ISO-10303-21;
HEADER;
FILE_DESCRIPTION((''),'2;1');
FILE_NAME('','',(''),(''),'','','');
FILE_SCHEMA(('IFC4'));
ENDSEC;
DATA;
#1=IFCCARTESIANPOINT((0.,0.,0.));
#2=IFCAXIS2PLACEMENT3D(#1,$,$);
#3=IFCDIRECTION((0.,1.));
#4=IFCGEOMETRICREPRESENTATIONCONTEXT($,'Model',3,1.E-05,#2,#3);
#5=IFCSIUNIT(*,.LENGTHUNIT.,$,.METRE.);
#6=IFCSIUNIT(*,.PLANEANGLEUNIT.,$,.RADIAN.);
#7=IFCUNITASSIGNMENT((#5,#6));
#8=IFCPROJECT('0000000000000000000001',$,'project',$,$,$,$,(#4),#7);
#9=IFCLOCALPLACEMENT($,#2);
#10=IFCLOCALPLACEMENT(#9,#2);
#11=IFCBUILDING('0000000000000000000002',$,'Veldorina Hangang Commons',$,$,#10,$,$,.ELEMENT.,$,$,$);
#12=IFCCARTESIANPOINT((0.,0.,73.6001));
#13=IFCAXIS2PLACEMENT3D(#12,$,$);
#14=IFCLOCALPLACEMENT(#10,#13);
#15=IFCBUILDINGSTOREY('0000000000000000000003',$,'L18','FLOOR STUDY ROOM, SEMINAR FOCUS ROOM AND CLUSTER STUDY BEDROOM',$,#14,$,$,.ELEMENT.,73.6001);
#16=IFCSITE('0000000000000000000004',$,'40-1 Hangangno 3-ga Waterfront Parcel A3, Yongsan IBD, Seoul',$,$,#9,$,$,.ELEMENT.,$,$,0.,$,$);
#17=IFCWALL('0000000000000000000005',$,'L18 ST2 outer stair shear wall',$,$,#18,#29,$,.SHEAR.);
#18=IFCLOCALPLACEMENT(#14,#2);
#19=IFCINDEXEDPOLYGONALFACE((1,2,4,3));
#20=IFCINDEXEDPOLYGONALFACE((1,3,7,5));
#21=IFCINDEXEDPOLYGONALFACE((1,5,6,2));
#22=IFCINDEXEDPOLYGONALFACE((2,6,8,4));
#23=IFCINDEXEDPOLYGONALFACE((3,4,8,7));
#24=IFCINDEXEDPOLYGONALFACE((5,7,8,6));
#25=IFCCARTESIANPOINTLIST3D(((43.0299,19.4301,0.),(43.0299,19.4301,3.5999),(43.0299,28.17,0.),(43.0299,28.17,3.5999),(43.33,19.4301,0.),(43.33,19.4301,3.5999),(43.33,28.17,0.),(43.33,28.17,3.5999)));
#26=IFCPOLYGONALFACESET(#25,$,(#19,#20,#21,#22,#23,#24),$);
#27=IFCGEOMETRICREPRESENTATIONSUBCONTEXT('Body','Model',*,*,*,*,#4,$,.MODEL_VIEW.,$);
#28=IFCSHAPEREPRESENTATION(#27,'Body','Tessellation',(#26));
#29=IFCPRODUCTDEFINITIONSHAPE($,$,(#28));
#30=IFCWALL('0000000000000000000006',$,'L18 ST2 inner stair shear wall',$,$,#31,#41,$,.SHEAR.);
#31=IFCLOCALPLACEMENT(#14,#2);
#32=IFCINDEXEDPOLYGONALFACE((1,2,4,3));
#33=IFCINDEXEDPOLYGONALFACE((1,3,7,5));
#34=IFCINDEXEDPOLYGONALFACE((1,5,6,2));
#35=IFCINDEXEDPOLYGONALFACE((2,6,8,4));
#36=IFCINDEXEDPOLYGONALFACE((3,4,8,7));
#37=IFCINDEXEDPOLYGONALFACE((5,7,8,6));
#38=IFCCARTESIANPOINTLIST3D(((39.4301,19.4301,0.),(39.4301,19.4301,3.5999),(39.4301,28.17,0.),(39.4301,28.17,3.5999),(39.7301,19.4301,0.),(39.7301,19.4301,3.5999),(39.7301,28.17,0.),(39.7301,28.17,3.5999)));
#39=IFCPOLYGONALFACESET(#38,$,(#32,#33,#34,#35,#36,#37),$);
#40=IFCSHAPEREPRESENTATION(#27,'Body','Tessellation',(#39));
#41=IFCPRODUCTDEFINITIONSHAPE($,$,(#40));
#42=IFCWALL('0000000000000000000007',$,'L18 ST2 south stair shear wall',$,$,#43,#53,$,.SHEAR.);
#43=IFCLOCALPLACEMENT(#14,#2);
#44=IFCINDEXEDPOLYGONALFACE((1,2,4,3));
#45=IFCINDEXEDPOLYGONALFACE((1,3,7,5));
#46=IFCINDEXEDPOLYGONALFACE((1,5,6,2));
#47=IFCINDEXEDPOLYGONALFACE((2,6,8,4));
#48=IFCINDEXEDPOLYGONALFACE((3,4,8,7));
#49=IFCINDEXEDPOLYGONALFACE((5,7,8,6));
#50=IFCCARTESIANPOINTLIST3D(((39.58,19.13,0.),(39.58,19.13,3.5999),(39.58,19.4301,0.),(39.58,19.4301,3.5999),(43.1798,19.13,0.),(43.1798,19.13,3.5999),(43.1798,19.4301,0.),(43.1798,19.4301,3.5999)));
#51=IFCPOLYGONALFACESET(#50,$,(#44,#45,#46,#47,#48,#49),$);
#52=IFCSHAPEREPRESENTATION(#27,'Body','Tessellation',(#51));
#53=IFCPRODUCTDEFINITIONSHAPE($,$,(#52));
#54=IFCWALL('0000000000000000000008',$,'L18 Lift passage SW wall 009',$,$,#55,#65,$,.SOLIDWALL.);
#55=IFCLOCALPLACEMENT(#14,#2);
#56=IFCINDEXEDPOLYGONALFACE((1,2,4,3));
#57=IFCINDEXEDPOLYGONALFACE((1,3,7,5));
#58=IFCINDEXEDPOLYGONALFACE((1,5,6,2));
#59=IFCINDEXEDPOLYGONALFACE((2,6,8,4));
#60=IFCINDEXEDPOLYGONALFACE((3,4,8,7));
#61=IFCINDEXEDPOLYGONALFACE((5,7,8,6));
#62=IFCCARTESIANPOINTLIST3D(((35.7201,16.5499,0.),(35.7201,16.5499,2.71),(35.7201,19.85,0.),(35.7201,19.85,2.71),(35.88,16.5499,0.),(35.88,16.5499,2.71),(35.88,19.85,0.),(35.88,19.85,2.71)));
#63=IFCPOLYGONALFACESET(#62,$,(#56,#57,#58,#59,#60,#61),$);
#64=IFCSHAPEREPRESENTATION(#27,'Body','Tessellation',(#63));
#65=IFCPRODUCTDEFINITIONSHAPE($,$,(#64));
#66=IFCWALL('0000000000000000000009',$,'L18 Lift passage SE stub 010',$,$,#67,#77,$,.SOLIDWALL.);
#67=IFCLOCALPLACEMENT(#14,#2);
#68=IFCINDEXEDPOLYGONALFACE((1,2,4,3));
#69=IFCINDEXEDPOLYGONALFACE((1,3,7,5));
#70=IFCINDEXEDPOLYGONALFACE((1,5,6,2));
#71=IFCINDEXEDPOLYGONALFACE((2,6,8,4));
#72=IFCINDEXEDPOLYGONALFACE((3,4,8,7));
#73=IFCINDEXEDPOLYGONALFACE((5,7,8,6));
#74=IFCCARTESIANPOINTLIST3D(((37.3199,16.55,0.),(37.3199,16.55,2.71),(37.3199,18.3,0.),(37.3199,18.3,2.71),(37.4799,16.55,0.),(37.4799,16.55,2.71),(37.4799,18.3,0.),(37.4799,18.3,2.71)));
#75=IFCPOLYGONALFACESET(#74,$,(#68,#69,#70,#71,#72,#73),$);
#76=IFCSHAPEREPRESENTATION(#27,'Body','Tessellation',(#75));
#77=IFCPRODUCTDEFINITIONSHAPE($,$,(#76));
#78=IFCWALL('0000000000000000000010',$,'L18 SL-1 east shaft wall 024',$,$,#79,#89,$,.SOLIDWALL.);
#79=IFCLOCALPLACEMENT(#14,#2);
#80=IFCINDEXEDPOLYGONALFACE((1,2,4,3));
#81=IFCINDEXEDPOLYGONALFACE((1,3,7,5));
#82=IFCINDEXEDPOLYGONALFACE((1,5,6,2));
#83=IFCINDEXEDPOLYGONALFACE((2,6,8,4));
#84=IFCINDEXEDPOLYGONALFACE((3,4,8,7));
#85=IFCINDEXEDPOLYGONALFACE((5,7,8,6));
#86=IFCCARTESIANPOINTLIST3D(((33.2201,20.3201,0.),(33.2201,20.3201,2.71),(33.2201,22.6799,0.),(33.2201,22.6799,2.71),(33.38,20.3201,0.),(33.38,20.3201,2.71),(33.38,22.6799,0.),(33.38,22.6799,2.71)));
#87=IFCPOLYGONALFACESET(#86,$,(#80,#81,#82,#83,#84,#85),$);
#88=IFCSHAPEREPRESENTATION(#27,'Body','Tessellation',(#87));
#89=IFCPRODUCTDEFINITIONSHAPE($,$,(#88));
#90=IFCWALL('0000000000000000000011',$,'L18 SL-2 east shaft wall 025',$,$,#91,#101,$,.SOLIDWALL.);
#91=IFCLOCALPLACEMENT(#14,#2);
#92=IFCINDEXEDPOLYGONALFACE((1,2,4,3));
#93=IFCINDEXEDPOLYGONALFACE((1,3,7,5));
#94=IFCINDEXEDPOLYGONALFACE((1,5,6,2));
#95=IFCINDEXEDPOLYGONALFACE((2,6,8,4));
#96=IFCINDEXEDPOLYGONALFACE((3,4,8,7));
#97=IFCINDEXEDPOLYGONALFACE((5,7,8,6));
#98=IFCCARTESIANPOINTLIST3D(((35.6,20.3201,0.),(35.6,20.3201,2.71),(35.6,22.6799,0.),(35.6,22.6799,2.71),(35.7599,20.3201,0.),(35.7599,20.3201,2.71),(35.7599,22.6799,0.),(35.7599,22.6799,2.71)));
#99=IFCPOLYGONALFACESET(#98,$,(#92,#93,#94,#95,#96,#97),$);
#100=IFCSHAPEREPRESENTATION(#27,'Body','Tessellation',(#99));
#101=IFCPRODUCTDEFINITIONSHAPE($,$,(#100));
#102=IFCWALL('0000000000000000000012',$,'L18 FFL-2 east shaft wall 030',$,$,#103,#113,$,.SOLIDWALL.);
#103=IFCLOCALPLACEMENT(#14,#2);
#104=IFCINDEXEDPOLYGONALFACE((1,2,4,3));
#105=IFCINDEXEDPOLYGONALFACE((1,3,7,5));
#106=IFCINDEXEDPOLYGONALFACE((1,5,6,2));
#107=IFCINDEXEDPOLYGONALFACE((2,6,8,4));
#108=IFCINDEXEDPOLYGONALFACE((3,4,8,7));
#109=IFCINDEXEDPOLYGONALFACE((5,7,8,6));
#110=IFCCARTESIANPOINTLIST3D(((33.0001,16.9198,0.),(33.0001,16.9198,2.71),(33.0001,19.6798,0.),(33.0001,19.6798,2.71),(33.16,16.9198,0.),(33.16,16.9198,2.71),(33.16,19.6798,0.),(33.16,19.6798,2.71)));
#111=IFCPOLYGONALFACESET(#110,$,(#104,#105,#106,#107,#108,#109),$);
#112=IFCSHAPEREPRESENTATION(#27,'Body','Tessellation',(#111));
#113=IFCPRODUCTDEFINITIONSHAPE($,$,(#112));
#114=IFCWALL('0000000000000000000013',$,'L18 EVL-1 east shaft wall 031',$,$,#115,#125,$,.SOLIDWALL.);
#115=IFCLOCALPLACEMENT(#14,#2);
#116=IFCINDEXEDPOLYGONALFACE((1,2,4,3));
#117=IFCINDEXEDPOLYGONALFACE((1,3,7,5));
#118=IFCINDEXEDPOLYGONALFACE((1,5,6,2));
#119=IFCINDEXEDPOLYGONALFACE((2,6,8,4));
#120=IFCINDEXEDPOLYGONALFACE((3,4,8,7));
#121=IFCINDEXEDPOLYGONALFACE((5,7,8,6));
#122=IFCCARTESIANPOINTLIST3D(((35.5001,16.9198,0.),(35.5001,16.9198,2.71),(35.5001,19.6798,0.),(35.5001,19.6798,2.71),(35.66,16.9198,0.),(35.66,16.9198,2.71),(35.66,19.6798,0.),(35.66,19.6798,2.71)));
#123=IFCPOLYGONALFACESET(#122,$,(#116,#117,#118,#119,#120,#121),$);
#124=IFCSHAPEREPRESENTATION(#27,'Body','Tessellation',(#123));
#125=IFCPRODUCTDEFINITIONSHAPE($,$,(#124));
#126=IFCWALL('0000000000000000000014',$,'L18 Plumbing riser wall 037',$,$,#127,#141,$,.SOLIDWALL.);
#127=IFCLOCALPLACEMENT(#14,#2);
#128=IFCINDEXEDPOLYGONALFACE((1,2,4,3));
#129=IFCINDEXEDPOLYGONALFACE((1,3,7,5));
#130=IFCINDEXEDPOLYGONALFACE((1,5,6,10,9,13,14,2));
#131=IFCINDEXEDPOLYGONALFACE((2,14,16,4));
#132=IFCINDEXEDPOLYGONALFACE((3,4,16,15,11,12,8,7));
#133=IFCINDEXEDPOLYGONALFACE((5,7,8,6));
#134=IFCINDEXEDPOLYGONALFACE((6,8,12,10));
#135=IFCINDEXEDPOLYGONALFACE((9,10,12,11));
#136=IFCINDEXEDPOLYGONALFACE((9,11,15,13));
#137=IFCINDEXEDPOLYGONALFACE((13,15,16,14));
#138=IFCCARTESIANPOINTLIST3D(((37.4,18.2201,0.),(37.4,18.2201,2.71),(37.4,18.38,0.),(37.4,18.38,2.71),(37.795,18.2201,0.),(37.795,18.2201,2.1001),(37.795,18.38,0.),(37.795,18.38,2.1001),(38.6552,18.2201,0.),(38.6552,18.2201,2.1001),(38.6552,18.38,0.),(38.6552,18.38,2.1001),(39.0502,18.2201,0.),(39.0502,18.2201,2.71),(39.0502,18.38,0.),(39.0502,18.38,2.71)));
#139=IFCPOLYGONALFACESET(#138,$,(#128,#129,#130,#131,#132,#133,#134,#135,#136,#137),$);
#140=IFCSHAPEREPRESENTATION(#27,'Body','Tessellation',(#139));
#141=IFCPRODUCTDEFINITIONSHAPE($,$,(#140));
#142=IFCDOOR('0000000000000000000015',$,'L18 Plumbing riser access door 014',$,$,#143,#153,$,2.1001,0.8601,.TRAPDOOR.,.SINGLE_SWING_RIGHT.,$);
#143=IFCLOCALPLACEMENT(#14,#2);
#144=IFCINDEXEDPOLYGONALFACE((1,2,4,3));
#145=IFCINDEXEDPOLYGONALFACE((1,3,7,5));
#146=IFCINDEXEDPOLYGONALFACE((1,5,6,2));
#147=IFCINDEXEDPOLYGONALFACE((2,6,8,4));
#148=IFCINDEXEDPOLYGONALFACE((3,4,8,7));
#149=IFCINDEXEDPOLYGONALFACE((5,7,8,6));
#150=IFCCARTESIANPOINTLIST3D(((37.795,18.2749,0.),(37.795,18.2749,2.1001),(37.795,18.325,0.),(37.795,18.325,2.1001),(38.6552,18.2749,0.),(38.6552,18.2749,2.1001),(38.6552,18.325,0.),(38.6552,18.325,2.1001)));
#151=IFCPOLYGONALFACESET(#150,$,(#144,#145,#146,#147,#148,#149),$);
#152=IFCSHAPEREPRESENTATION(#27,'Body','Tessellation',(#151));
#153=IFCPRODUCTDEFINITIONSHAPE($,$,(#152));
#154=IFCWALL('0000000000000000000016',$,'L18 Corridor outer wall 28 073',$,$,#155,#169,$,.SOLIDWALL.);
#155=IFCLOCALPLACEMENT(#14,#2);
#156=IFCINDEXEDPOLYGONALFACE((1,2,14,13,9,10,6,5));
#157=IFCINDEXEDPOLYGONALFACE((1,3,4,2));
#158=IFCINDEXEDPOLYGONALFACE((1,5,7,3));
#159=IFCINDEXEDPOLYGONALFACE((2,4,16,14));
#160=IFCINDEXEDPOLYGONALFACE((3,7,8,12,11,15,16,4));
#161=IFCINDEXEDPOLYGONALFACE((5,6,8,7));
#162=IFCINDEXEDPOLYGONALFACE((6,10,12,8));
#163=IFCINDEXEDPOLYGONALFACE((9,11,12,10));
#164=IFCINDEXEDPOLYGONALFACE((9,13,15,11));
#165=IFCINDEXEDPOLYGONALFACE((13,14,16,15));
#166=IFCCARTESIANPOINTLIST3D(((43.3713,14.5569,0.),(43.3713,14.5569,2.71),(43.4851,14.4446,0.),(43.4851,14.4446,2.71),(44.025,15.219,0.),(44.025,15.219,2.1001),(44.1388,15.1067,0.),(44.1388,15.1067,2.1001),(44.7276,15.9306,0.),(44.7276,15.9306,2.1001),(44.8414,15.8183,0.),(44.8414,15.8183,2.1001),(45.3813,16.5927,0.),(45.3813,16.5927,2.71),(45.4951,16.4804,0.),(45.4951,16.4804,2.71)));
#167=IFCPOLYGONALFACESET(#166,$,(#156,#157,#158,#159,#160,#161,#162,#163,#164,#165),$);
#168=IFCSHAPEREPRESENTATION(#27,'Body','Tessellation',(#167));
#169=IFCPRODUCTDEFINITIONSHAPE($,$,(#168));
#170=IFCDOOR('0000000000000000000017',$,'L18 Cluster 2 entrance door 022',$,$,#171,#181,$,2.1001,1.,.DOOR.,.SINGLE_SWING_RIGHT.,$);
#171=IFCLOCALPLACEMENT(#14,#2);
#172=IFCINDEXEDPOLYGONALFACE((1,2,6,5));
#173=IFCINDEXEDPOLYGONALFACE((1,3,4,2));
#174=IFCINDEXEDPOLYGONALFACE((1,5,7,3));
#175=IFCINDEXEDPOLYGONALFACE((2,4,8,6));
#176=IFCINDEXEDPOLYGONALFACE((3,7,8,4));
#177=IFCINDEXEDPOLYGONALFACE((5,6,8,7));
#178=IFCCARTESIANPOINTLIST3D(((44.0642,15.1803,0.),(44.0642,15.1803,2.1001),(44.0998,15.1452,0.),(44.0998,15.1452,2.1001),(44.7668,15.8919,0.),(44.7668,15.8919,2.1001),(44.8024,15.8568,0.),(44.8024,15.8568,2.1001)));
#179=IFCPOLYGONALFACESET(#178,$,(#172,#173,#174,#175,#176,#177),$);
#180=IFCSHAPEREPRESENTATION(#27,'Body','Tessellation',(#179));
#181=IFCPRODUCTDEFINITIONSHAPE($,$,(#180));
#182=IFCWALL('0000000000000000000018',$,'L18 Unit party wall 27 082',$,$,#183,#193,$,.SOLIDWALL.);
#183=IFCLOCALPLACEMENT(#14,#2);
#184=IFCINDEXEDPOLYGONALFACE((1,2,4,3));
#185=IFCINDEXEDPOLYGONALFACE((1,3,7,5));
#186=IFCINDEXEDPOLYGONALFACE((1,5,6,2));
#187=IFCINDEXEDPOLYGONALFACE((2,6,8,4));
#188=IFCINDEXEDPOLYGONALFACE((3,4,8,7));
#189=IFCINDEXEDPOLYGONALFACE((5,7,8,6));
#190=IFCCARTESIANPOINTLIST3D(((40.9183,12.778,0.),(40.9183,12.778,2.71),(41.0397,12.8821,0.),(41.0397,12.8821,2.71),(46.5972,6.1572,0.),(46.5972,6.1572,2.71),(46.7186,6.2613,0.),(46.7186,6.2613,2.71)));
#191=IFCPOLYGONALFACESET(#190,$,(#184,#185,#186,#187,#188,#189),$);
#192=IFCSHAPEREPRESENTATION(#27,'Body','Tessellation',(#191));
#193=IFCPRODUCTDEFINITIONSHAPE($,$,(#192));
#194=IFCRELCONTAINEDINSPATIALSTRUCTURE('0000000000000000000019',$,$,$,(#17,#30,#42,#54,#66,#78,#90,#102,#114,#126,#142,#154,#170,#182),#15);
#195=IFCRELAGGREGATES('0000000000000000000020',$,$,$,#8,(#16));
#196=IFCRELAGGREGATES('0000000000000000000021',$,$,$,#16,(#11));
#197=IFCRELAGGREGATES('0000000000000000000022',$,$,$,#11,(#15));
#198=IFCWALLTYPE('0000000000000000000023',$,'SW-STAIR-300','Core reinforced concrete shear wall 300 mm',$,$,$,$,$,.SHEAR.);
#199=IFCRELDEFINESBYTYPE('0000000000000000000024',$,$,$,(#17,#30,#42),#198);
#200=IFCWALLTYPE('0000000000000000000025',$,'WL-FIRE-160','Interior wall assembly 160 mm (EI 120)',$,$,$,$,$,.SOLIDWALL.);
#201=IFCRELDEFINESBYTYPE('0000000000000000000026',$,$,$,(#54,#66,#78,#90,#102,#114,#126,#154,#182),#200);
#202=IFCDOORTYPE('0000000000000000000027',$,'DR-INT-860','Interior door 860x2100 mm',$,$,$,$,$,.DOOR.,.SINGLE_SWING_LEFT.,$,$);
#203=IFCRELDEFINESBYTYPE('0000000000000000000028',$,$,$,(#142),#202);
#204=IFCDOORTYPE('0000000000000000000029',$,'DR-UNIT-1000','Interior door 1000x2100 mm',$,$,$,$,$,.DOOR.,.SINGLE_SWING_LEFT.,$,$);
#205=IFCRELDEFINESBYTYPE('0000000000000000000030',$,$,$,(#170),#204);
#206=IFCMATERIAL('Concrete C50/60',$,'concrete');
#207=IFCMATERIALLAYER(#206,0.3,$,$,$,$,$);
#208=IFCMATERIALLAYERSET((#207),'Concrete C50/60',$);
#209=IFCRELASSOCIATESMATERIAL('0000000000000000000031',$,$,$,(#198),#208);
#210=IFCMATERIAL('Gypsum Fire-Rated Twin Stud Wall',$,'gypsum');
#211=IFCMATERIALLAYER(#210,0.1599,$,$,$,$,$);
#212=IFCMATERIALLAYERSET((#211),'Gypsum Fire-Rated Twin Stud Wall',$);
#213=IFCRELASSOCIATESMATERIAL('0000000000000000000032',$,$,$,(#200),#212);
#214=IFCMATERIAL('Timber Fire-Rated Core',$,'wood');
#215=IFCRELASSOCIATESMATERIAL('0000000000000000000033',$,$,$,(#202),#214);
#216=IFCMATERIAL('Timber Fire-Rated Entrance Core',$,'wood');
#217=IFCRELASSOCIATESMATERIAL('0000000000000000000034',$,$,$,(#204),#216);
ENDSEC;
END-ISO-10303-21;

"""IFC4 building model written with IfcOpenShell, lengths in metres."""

from ifc_helpers import new_model, si_unit, direction, frame, frame_2d, origin, place, context, subcontext, project, spatial, rectangle, extrude, material, layer, layer_set, type_object, element, fill, save


model = new_model("IFC4")

# Units and contexts
model_context = context("Model", 3, precision=1e-05, world=origin(), true_north=direction((0.0, 1.0)))
body_context = subcontext(model_context, "Body", "Model", "MODEL_VIEW")
ifc_project = project(units=[si_unit("LENGTHUNIT", "METRE"), si_unit("PLANEANGLEUNIT", "RADIAN")], contexts=[model_context])

# Site, building, storey
site_placement = place(None, origin())
site = spatial("IfcSite", under=ifc_project, at=site_placement, Name="40-1 Hangangno 3-ga Waterfront Parcel A3, Yongsan IBD, Seoul", CompositionType="ELEMENT", RefElevation=0.0)
building_placement = place(site_placement, origin())
building = spatial("IfcBuilding", under=site, at=building_placement, Name="Veldorina Hangang Commons", CompositionType="ELEMENT")
storey_placement = place(building_placement, frame((0.0, 0.0, 73.6001)))
storey = spatial("IfcBuildingStorey", under=building, at=storey_placement, Name="L18", Description="FLOOR STUDY ROOM, SEMINAR FOCUS ROOM AND CLUSTER STUDY BEDROOM", CompositionType="ELEMENT", Elevation=73.6001)

# Walls
ifc_material_1 = material(Name="Concrete C50/60", Category="concrete")
ifc_layer_1 = layer(ifc_material_1, 0.3)
ifc_layer_set_1 = layer_set([ifc_layer_1], Name="Concrete C50/60")
wall_type_1 = type_object("IfcWallType", Name="SW-STAIR-300", Description="Core reinforced concrete shear wall 300 mm", PredefinedType="SHEAR", material=ifc_layer_set_1)
for number, where, z_axis, x_axis, name in (
    (1, (43.1799, 19.4299, 0.0), (0.0, 0.0, 1.0), (0.0, 1.0, 0.0), "L18 ST2 outer stair shear wall"),
    (2, (39.5801, 19.4299, 0.0), (0.0, 0.0, 1.0), (0.0, 1.0, 0.0), "L18 ST2 inner stair shear wall"),
):
    element("IfcWall", number, at=place(storey_placement, frame(where, z_axis=z_axis, x_axis=x_axis)), inside=storey, type_object=wall_type_1, Name=name, PredefinedType="SHEAR", context=body_context, shape_type="SweptSolid", body=[
        extrude(rectangle(XDim=8.74, YDim=0.3, at=frame_2d((4.3701, 0.0))), origin(), (0.0, 0.0, 1.0), 3.5999),
    ])
wall_1_placement = place(storey_placement, frame((39.5801, 19.28, 0.0), z_axis=(0.0, 0.0, 1.0), x_axis=(1.0, 0.0, 0.0)))
element("IfcWall", 3, at=wall_1_placement, inside=storey, type_object=wall_type_1, Name="L18 ST2 south stair shear wall", PredefinedType="SHEAR", context=body_context, shape_type="SweptSolid", body=[
    extrude(rectangle(XDim=3.5999, YDim=0.3, at=frame_2d((1.7998, 0.0))), origin(), (0.0, 0.0, 1.0), 3.5999),
])
ifc_material_2 = material(Name="Gypsum Fire-Rated Twin Stud Wall", Category="gypsum")
ifc_layer_2 = layer(ifc_material_2, 0.1599)
ifc_layer_set_2 = layer_set([ifc_layer_2], Name="Gypsum Fire-Rated Twin Stud Wall")
wall_type_2 = type_object("IfcWallType", Name="WL-FIRE-160", Description="Interior wall assembly 160 mm (EI 120)", PredefinedType="SOLIDWALL", material=ifc_layer_set_2)
wall_2_placement = place(storey_placement, frame((35.8, 16.55, 0.0), z_axis=(0.0, 0.0, 1.0), x_axis=(0.0, 1.0, 0.0)))
element("IfcWall", 4, at=wall_2_placement, inside=storey, type_object=wall_type_2, Name="L18 Lift passage SW wall 009", PredefinedType="SOLIDWALL", context=body_context, shape_type="SweptSolid", body=[
    extrude(rectangle(XDim=3.3, YDim=0.1599, at=frame_2d((1.6499, 0.0))), origin(), (0.0, 0.0, 1.0), 2.71),
])
wall_3_placement = place(storey_placement, frame((37.3999, 16.55, 0.0), z_axis=(0.0, 0.0, 1.0), x_axis=(0.0, 1.0, 0.0)))
element("IfcWall", 5, at=wall_3_placement, inside=storey, type_object=wall_type_2, Name="L18 Lift passage SE stub 010", PredefinedType="SOLIDWALL", context=body_context, shape_type="SweptSolid", body=[
    extrude(rectangle(XDim=1.75, YDim=0.1599, at=frame_2d((0.875, 0.0))), origin(), (0.0, 0.0, 1.0), 2.71),
])
for number, where, z_axis, x_axis, name in (
    (6, (33.3, 20.3201, 0.0), (0.0, 0.0, 1.0), (0.0, 1.0, 0.0), "L18 SL-1 east shaft wall 024"),
    (7, (35.6799, 20.3201, 0.0), (0.0, 0.0, 1.0), (0.0, 1.0, 0.0), "L18 SL-2 east shaft wall 025"),
):
    element("IfcWall", number, at=place(storey_placement, frame(where, z_axis=z_axis, x_axis=x_axis)), inside=storey, type_object=wall_type_2, Name=name, PredefinedType="SOLIDWALL", context=body_context, shape_type="SweptSolid", body=[
        extrude(rectangle(XDim=2.3599, YDim=0.1599, at=frame_2d((1.1799, 0.0))), origin(), (0.0, 0.0, 1.0), 2.71),
    ])
for number, where, z_axis, x_axis, name in (
    (8, (33.0801, 16.9199, 0.0), (0.0, 0.0, 1.0), (0.0, 1.0, 0.0), "L18 FFL-2 east shaft wall 030"),
    (9, (35.5801, 16.9199, 0.0), (0.0, 0.0, 1.0), (0.0, 1.0, 0.0), "L18 EVL-1 east shaft wall 031"),
):
    element("IfcWall", number, at=place(storey_placement, frame(where, z_axis=z_axis, x_axis=x_axis)), inside=storey, type_object=wall_type_2, Name=name, PredefinedType="SOLIDWALL", context=body_context, shape_type="SweptSolid", body=[
        extrude(rectangle(XDim=2.76, YDim=0.1599, at=frame_2d((1.3799, 0.0))), origin(), (0.0, 0.0, 1.0), 2.71),
    ])

# Walls, openings, doors
wall_4_placement = place(storey_placement, frame((37.3999, 18.3, 0.0), z_axis=(0.0, 0.0, 1.0), x_axis=(1.0, 0.0, 0.0)))
wall_4 = element("IfcWall", 10, at=wall_4_placement, inside=storey, type_object=wall_type_2, Name="L18 Plumbing riser wall 037", PredefinedType="SOLIDWALL", context=body_context, shape_type="SweptSolid", body=[
    extrude(rectangle(XDim=1.6501, YDim=0.1599, at=frame_2d((0.8252, 0.0))), origin(), (0.0, 0.0, 1.0), 2.71),
])
opening_1_placement = place(wall_4_placement, frame((0.395, 0.0, 0.0)))
opening_1 = element("IfcOpeningElement", 11, at=opening_1_placement, cuts=wall_4, PredefinedType="OPENING", context=body_context, shape_type="SweptSolid", body=[
    extrude(rectangle(XDim=0.8601, YDim=2.1001, at=frame_2d((0.4302, 1.05))), frame((0.0, 0.0898, 0.0), z_axis=(0.0, -1.0, 0.0), x_axis=(1.0, 0.0, 0.0)), (0.0, 0.0, 1.0), 0.1799),
])
ifc_material_3 = material(Name="Timber Fire-Rated Core", Category="wood")
door_type_1 = type_object("IfcDoorType", Name="DR-INT-860", Description="Interior door 860x2100 mm", OperationType="SINGLE_SWING_LEFT", PredefinedType="DOOR", material=ifc_material_3)
door_1_placement = place(opening_1_placement, origin())
door_1 = element("IfcDoor", 12, at=door_1_placement, inside=storey, type_object=door_type_1, Name="L18 Plumbing riser access door 014", OperationType="SINGLE_SWING_RIGHT", OverallHeight=2.1001, OverallWidth=0.8601, PredefinedType="TRAPDOOR", context=body_context, shape_type="SweptSolid", body=[
    extrude(rectangle(XDim=0.8601, YDim=2.1001, at=frame_2d((0.4302, 1.05))), frame((0.0, 0.0249, 0.0), z_axis=(0.0, -1.0, 0.0), x_axis=(1.0, 0.0, 0.0)), (0.0, 0.0, 1.0), 0.05),
])
fill(opening_1, door_1)
wall_5_placement = place(storey_placement, frame((43.4282, 14.5007, 0.0), z_axis=(0.0, 0.0, 1.0), x_axis=(0.70257, 0.711615, 0.0)))
wall_5 = element("IfcWall", 13, at=wall_5_placement, inside=storey, type_object=wall_type_2, Name="L18 Corridor outer wall 28 073", PredefinedType="SOLIDWALL", context=body_context, shape_type="SweptSolid", body=[
    extrude(rectangle(XDim=2.8608, YDim=0.1599, at=frame_2d((1.4304, 0.0))), origin(), (0.0, 0.0, 1.0), 2.71),
])
opening_2_placement = place(wall_5_placement, frame((0.9304, 0.0, 0.0)))
opening_2 = element("IfcOpeningElement", 14, at=opening_2_placement, cuts=wall_5, PredefinedType="OPENING", context=body_context, shape_type="SweptSolid", body=[
    extrude(rectangle(XDim=1.0, YDim=2.1001, at=frame_2d((0.5, 1.05))), frame((0.0, 0.0898, 0.0), z_axis=(0.0, -1.0, 0.0), x_axis=(1.0, 0.0, 0.0)), (0.0, 0.0, 1.0), 0.1799),
])
ifc_material_4 = material(Name="Timber Fire-Rated Entrance Core", Category="wood")
door_type_2 = type_object("IfcDoorType", Name="DR-UNIT-1000", Description="Interior door 1000x2100 mm", OperationType="SINGLE_SWING_LEFT", PredefinedType="DOOR", material=ifc_material_4)
door_2_placement = place(opening_2_placement, origin())
door_2 = element("IfcDoor", 15, at=door_2_placement, inside=storey, type_object=door_type_2, Name="L18 Cluster 2 entrance door 022", OperationType="SINGLE_SWING_RIGHT", OverallHeight=2.1001, OverallWidth=1.0, PredefinedType="DOOR", context=body_context, shape_type="SweptSolid", body=[
    extrude(rectangle(XDim=1.0, YDim=2.1001, at=frame_2d((0.5, 1.05))), frame((0.0, 0.0249, 0.0), z_axis=(0.0, -1.0, 0.0), x_axis=(1.0, 0.0, 0.0)), (0.0, 0.0, 1.0), 0.05),
])
fill(opening_2, door_2)

# Wall
wall_6_placement = place(storey_placement, frame((40.979, 12.8301, 0.0), z_axis=(0.0, 0.0, 1.0), x_axis=(0.651052, -0.759033, 0.0)))
element("IfcWall", 16, at=wall_6_placement, inside=storey, type_object=wall_type_2, Name="L18 Unit party wall 27 082", PredefinedType="SOLIDWALL", context=body_context, shape_type="SweptSolid", body=[
    extrude(rectangle(XDim=8.7227, YDim=0.1599, at=frame_2d((4.3613, 0.0))), origin(), (0.0, 0.0, 1.0), 2.71),
])

save(model, "model.ifc")
